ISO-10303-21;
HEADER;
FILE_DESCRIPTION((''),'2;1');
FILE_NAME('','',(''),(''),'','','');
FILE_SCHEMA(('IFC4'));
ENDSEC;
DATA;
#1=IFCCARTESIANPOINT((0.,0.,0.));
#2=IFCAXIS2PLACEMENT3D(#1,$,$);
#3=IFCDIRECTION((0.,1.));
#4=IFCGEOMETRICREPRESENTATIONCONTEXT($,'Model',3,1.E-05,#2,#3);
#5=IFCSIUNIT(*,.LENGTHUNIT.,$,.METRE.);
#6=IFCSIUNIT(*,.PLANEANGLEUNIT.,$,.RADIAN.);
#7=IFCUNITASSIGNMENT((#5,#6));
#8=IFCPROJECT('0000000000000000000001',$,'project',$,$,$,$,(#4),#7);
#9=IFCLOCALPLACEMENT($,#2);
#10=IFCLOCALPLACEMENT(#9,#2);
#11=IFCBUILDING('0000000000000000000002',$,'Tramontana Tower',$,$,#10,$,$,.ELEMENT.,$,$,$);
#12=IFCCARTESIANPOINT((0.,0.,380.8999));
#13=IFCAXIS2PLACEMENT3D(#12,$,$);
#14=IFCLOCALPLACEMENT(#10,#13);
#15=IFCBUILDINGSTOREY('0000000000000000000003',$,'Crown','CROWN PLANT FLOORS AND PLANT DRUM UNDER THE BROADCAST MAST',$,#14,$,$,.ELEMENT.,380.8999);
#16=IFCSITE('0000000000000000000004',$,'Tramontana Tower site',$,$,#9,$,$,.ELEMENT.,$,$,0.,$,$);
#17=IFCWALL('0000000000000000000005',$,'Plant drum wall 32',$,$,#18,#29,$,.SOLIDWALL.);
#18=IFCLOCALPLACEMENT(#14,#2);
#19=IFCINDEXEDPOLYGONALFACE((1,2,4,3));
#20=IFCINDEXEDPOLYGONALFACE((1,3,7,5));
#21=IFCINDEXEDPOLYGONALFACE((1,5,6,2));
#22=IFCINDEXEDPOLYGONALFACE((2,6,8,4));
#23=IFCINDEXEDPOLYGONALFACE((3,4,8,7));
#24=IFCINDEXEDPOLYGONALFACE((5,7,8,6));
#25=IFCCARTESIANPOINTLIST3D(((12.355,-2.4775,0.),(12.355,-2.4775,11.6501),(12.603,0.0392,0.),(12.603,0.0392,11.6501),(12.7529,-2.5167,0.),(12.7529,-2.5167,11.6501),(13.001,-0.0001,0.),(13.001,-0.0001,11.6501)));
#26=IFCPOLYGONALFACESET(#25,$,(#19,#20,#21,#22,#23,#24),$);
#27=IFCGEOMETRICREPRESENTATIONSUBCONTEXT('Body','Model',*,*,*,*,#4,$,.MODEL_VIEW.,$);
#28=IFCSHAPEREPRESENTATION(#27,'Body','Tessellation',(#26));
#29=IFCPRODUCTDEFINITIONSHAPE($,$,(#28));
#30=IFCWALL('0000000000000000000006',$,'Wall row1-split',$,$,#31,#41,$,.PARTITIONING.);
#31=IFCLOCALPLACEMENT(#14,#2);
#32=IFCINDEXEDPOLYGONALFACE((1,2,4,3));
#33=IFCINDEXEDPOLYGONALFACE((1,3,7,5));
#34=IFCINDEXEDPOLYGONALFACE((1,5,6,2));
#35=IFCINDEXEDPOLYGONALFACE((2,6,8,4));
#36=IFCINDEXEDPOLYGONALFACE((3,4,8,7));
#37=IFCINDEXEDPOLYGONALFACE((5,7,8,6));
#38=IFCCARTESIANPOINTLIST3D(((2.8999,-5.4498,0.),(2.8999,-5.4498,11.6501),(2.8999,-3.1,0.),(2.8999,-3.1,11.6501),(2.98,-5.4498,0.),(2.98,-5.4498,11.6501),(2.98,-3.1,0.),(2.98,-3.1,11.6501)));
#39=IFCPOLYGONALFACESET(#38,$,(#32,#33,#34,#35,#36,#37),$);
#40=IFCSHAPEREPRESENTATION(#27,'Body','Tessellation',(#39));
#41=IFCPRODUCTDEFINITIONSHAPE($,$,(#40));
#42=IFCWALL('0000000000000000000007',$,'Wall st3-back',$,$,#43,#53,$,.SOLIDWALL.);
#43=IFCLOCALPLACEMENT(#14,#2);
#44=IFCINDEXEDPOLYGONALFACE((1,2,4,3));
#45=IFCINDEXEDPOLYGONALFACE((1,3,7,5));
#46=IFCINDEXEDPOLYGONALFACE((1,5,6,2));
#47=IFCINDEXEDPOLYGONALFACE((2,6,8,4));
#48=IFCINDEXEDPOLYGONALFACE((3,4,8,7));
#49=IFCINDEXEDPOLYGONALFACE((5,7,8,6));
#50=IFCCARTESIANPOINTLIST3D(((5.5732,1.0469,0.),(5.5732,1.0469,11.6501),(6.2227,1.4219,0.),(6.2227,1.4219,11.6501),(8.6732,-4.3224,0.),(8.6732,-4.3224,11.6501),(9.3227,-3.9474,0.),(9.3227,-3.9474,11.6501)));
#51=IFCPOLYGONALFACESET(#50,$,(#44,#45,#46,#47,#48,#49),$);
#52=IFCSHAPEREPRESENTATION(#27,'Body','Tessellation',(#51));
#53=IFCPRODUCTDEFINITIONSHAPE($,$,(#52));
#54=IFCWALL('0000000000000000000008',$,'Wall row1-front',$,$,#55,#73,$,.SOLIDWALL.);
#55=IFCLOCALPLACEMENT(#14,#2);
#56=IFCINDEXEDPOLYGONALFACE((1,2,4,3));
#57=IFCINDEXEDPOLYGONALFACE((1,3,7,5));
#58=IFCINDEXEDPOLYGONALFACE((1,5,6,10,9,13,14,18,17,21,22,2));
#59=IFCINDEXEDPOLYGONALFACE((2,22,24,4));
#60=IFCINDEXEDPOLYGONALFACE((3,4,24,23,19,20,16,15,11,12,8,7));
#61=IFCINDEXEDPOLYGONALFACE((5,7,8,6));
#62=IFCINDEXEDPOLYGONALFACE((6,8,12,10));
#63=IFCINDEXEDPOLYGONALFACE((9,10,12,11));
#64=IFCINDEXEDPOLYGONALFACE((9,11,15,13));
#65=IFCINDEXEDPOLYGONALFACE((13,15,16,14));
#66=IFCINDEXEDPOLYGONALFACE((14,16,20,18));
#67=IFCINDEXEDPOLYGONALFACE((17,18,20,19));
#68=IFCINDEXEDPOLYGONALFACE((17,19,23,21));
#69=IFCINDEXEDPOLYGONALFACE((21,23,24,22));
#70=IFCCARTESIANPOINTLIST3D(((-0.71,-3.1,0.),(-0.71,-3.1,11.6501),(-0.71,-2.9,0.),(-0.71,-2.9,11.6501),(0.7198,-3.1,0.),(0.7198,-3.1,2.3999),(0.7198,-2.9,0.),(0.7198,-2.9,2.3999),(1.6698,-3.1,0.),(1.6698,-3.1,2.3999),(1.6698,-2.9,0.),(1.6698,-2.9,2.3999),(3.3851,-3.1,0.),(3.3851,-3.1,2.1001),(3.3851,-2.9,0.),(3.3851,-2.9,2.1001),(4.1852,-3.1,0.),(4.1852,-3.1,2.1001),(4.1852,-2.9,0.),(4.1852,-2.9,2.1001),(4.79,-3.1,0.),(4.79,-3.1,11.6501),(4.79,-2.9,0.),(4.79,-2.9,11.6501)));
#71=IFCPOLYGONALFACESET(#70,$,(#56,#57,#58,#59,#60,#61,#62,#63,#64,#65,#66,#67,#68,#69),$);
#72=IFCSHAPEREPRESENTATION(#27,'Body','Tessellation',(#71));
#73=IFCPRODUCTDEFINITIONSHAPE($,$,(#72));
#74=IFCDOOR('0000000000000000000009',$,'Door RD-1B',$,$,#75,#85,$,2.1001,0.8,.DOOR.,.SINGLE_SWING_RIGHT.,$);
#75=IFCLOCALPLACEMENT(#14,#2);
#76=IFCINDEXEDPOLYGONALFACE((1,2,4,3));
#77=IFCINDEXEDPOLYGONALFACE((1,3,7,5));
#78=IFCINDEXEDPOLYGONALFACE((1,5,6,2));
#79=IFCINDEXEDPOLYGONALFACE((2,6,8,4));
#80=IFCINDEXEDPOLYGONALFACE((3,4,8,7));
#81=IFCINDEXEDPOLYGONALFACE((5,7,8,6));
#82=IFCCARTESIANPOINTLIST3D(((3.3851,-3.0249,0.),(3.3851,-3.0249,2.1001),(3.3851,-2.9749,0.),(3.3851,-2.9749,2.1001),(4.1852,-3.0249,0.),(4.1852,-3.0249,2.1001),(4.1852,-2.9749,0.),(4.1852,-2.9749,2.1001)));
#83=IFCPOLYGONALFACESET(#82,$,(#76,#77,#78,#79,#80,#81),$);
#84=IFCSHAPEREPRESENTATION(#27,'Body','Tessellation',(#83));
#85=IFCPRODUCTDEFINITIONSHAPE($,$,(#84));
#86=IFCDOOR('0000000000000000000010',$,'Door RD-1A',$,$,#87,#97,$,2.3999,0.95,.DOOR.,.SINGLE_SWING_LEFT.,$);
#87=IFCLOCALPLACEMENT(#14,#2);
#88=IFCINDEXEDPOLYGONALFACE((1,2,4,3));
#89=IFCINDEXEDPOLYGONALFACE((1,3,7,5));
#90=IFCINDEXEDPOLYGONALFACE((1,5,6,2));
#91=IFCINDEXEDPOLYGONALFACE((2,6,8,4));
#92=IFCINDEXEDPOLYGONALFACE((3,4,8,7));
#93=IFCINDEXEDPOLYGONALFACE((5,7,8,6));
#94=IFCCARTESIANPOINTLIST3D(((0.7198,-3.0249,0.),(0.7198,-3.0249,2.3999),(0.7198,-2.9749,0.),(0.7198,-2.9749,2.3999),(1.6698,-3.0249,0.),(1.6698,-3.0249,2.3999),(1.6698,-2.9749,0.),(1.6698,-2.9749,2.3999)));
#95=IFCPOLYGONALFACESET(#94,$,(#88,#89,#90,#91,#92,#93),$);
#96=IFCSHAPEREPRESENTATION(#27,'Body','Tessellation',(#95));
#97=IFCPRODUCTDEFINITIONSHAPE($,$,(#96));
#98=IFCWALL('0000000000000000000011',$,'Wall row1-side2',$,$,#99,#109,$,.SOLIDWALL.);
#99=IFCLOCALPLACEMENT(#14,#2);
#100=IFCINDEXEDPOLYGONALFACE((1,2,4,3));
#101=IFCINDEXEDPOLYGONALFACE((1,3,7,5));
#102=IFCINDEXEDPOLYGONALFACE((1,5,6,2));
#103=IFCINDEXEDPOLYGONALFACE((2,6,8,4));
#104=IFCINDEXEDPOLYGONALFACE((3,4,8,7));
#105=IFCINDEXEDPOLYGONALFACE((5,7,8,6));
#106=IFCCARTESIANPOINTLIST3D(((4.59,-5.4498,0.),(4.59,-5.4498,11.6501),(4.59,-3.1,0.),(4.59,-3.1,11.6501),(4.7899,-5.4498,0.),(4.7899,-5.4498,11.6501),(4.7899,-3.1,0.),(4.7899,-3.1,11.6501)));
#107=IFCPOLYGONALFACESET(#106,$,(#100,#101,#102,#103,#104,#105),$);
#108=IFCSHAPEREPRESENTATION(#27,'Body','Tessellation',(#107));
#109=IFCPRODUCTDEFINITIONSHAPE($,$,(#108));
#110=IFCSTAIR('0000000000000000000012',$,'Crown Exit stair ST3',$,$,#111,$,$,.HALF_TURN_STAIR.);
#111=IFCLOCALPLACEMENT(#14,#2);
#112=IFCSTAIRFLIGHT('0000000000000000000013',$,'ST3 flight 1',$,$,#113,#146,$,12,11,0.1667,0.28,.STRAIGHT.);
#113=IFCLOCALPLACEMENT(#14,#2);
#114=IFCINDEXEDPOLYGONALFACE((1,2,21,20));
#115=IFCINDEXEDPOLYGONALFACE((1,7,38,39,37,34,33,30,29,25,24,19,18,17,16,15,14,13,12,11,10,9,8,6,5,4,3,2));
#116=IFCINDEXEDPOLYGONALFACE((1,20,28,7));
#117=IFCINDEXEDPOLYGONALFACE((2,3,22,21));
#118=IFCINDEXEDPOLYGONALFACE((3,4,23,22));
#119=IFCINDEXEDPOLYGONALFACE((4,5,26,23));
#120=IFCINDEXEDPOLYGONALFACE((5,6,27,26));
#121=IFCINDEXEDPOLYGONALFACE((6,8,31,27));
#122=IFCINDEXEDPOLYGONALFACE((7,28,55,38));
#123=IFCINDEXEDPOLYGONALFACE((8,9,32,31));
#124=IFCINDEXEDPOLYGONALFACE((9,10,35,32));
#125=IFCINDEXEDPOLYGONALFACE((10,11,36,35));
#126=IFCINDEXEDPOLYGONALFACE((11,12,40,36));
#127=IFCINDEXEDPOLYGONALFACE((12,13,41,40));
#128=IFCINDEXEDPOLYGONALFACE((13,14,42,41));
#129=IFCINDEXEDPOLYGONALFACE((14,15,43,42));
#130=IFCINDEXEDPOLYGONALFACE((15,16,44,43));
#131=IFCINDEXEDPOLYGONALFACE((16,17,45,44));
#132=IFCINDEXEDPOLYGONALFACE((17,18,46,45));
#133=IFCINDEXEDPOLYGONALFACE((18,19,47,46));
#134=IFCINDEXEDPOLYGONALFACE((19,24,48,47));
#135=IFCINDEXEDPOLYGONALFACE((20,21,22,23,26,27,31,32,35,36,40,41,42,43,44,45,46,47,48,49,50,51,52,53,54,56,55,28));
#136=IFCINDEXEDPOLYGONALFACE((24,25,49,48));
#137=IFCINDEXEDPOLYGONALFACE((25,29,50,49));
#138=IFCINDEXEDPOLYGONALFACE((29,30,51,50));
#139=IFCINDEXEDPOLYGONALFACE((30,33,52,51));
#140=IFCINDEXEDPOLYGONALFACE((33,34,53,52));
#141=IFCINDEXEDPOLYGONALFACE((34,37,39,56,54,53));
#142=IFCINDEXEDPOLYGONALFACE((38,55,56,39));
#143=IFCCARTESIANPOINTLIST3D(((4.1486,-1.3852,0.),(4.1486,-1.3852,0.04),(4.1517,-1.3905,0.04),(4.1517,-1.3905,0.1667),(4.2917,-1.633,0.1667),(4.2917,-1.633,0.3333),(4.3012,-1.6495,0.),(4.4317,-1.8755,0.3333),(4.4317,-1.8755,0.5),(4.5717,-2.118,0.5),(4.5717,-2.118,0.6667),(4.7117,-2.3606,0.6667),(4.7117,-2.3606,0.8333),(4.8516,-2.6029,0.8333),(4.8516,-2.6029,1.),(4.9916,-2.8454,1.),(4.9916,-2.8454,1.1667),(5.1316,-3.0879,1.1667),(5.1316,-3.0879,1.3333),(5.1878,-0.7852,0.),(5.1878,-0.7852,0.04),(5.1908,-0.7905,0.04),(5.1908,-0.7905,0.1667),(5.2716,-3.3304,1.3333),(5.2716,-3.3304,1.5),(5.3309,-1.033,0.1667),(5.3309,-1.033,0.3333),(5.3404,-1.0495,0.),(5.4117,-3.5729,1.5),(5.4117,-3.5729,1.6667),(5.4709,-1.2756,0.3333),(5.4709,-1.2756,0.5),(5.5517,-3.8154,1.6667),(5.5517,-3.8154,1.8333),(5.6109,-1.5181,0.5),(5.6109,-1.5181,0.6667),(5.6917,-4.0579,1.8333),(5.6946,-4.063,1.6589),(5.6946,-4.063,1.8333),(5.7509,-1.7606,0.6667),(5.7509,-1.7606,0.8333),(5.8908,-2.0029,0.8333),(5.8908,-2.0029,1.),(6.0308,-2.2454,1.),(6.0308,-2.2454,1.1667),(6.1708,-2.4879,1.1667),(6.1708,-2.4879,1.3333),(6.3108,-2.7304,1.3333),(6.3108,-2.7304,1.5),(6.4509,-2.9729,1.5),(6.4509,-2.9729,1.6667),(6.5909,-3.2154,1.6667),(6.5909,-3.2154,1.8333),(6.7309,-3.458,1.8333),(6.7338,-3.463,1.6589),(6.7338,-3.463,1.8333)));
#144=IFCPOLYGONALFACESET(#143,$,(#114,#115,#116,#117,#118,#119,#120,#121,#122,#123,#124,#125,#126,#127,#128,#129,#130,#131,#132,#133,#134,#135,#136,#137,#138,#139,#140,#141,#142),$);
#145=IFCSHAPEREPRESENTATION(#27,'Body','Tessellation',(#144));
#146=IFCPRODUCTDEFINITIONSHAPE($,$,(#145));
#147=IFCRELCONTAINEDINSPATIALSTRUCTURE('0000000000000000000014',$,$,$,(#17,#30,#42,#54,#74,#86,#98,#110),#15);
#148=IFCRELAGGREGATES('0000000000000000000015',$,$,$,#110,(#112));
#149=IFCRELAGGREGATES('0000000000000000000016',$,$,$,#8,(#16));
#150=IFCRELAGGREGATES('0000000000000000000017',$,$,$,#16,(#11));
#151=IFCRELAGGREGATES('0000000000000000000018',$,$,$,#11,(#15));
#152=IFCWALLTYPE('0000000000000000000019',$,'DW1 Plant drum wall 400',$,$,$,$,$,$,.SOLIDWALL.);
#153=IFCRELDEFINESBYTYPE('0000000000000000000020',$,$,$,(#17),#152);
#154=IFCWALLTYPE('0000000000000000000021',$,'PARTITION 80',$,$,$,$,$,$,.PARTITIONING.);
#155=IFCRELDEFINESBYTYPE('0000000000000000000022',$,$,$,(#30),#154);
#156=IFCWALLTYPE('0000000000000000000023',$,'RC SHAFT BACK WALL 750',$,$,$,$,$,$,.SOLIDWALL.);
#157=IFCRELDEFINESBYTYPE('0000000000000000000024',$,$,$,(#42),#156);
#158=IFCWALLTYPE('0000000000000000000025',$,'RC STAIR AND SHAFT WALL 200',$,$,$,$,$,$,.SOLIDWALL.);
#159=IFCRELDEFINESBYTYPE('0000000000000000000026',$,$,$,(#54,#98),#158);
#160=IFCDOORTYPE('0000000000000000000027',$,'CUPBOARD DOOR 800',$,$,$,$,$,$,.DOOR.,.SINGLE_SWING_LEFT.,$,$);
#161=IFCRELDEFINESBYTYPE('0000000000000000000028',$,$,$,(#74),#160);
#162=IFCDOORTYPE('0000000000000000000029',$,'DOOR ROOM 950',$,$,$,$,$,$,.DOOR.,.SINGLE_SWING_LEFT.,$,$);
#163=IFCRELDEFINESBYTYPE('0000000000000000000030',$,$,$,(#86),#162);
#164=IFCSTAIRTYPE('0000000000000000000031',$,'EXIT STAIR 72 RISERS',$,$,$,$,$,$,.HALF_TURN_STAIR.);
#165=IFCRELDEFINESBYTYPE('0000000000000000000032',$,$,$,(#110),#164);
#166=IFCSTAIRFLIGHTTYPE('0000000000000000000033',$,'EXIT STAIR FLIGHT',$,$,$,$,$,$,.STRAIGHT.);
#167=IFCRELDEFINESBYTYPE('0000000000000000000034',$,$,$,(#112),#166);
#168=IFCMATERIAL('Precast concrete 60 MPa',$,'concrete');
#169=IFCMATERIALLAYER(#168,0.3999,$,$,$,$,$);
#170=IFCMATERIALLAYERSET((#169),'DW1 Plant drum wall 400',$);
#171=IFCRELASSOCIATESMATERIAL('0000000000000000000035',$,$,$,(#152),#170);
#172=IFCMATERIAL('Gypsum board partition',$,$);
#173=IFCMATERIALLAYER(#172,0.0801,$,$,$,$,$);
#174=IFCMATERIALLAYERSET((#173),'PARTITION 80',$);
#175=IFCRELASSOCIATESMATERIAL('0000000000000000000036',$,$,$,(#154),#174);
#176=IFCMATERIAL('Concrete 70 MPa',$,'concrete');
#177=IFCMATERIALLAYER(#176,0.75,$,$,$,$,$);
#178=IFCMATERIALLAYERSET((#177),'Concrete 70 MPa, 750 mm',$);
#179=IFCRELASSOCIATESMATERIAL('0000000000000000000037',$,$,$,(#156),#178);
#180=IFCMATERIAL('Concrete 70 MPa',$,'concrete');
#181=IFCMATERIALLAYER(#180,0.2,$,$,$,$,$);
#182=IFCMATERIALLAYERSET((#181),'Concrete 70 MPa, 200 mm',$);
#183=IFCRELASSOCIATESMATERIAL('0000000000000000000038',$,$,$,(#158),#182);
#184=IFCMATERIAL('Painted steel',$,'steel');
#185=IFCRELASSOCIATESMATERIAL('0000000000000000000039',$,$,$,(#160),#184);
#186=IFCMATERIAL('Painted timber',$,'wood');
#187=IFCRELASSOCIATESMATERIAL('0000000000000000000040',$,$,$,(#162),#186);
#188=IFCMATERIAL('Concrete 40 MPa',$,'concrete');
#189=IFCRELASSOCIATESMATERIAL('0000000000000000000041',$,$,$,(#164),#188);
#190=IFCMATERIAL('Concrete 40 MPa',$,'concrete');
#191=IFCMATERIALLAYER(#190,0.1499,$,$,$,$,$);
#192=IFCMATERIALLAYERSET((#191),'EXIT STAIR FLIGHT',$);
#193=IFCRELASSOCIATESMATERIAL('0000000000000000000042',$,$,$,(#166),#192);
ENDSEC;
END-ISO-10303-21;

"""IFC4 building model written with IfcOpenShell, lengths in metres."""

from ifc_helpers import new_model, si_unit, direction, frame, frame_2d, origin, place, context, subcontext, project, spatial, polyline, rectangle, outline, extrude, material, layer, layer_set, type_object, element, fill, aggregate, save


model = new_model("IFC4")

# Units and contexts
model_context = context("Model", 3, precision=1e-05, world=origin(), true_north=direction((0.0, 1.0)))
body_context = subcontext(model_context, "Body", "Model", "MODEL_VIEW")
ifc_project = project(units=[si_unit("LENGTHUNIT", "METRE"), si_unit("PLANEANGLEUNIT", "RADIAN")], contexts=[model_context])

# Site, building, storey
site_placement = place(None, origin())
site = spatial("IfcSite", under=ifc_project, at=site_placement, Name="Tramontana Tower site", CompositionType="ELEMENT", RefElevation=0.0)
building_placement = place(site_placement, origin())
building = spatial("IfcBuilding", under=site, at=building_placement, Name="Tramontana Tower", CompositionType="ELEMENT")
storey_placement = place(building_placement, frame((0.0, 0.0, 380.8999)))
storey = spatial("IfcBuildingStorey", under=building, at=storey_placement, Name="Crown", Description="CROWN PLANT FLOORS AND PLANT DRUM UNDER THE BROADCAST MAST", CompositionType="ELEMENT", Elevation=380.8999)

# Walls
ifc_material_1 = material(Name="Precast concrete 60 MPa", Category="concrete")
ifc_layer_1 = layer(ifc_material_1, 0.3999)
ifc_layer_set_1 = layer_set([ifc_layer_1], Name="DW1 Plant drum wall 400")
wall_type_1 = type_object("IfcWallType", Name="DW1 Plant drum wall 400", PredefinedType="SOLIDWALL", material=ifc_layer_set_1)
wall_1_placement = place(storey_placement, frame((12.554, -2.4971, 0.0), z_axis=(0.0, 0.0, 1.0), x_axis=(0.098089, 0.995178, 0.0)))
element("IfcWall", 1, at=wall_1_placement, inside=storey, type_object=wall_type_1, Name="Plant drum wall 32", PredefinedType="SOLIDWALL", context=body_context, shape_type="SweptSolid", body=[
    extrude(rectangle(XDim=2.5288, YDim=0.3999, at=frame_2d((1.2644, 0.0))), origin(), (0.0, 0.0, 1.0), 11.6501),
])
ifc_material_2 = material(Name="Gypsum board partition")
ifc_layer_2 = layer(ifc_material_2, 0.0801)
ifc_layer_set_2 = layer_set([ifc_layer_2], Name="PARTITION 80")
wall_type_2 = type_object("IfcWallType", Name="PARTITION 80", PredefinedType="PARTITIONING", material=ifc_layer_set_2)
wall_2_placement = place(storey_placement, frame((2.9399, -3.1001, 0.0), z_axis=(0.0, 0.0, 1.0), x_axis=(0.0, -1.0, 0.0)))
element("IfcWall", 2, at=wall_2_placement, inside=storey, type_object=wall_type_2, Name="Wall row1-split", PredefinedType="PARTITIONING", context=body_context, shape_type="SweptSolid", body=[
    extrude(rectangle(XDim=2.3499, YDim=0.0801, at=frame_2d((1.1748, 0.0))), origin(), (0.0, 0.0, 1.0), 11.6501),
])
ifc_material_3 = material(Name="Concrete 70 MPa", Category="concrete")
ifc_layer_3 = layer(ifc_material_3, 0.75)
ifc_layer_set_3 = layer_set([ifc_layer_3], Name="Concrete 70 MPa, 750 mm")
wall_type_3 = type_object("IfcWallType", Name="RC SHAFT BACK WALL 750", PredefinedType="SOLIDWALL", material=ifc_layer_set_3)
wall_3_placement = place(storey_placement, frame((8.998, -4.135, 0.0), z_axis=(0.0, 0.0, 1.0), x_axis=(-0.50001, 0.86602, 0.0)))
element("IfcWall", 3, at=wall_3_placement, inside=storey, type_object=wall_type_3, Name="Wall st3-back", PredefinedType="SOLIDWALL", context=body_context, shape_type="SweptSolid", body=[
    extrude(rectangle(XDim=6.2, YDim=0.75, at=frame_2d((3.1001, 0.0))), origin(), (0.0, 0.0, 1.0), 11.6501),
])

# Wall, openings, doors
ifc_material_4 = material(Name="Concrete 70 MPa", Category="concrete")
ifc_layer_4 = layer(ifc_material_4, 0.2)
ifc_layer_set_4 = layer_set([ifc_layer_4], Name="Concrete 70 MPa, 200 mm")
wall_type_4 = type_object("IfcWallType", Name="RC STAIR AND SHAFT WALL 200", PredefinedType="SOLIDWALL", material=ifc_layer_set_4)
wall_4_placement = place(storey_placement, frame((4.79, -3.0, 0.0), z_axis=(0.0, 0.0, 1.0), x_axis=(-1.0, 0.0, 0.0)))
wall_4 = element("IfcWall", 4, at=wall_4_placement, inside=storey, type_object=wall_type_4, Name="Wall row1-front", PredefinedType="SOLIDWALL", context=body_context, shape_type="SweptSolid", body=[
    extrude(rectangle(XDim=5.5, YDim=0.2, at=frame_2d((2.75, 0.0))), origin(), (0.0, 0.0, 1.0), 11.6501),
])
opening_1_placement = place(wall_4_placement, frame((3.1201, 0.0, 0.0)))
opening_1 = element("IfcOpeningElement", 5, at=opening_1_placement, cuts=wall_4, PredefinedType="OPENING", context=body_context, shape_type="SweptSolid", body=[
    extrude(rectangle(XDim=0.95, YDim=2.3999, at=frame_2d((0.4751, 1.2))), frame((0.0, 0.1099, 0.0), z_axis=(0.0, -1.0, 0.0), x_axis=(1.0, 0.0, 0.0)), (0.0, 0.0, 1.0), 0.22),
])
opening_2_placement = place(wall_4_placement, frame((0.605, 0.0, 0.0)))
opening_2 = element("IfcOpeningElement", 6, at=opening_2_placement, cuts=wall_4, PredefinedType="OPENING", context=body_context, shape_type="SweptSolid", body=[
    extrude(rectangle(XDim=0.8, YDim=2.1001, at=frame_2d((0.3999, 1.05))), frame((0.0, 0.1099, 0.0), z_axis=(0.0, -1.0, 0.0), x_axis=(1.0, 0.0, 0.0)), (0.0, 0.0, 1.0), 0.22),
])
ifc_material_5 = material(Name="Painted steel", Category="steel")
door_type_1 = type_object("IfcDoorType", Name="CUPBOARD DOOR 800", OperationType="SINGLE_SWING_LEFT", PredefinedType="DOOR", material=ifc_material_5)
door_1_placement = place(opening_2_placement, origin())
door_1 = element("IfcDoor", 7, at=door_1_placement, inside=storey, type_object=door_type_1, Name="Door RD-1B", OperationType="SINGLE_SWING_RIGHT", OverallHeight=2.1001, OverallWidth=0.8, PredefinedType="DOOR", context=body_context, shape_type="SweptSolid", body=[
    extrude(rectangle(XDim=0.8, YDim=2.1001, at=frame_2d((0.3999, 1.05))), frame((0.0, 0.0249, 0.0), z_axis=(0.0, -1.0, 0.0), x_axis=(1.0, 0.0, 0.0)), (0.0, 0.0, 1.0), 0.05),
])
fill(opening_2, door_1)
ifc_material_6 = material(Name="Painted timber", Category="wood")
door_type_2 = type_object("IfcDoorType", Name="DOOR ROOM 950", OperationType="SINGLE_SWING_LEFT", PredefinedType="DOOR", material=ifc_material_6)
door_2_placement = place(opening_1_placement, origin())
door_2 = element("IfcDoor", 8, at=door_2_placement, inside=storey, type_object=door_type_2, Name="Door RD-1A", OperationType="SINGLE_SWING_LEFT", OverallHeight=2.3999, OverallWidth=0.95, PredefinedType="DOOR", context=body_context, shape_type="SweptSolid", body=[
    extrude(rectangle(XDim=0.95, YDim=2.3999, at=frame_2d((0.4751, 1.2))), frame((0.0, 0.0249, 0.0), z_axis=(0.0, -1.0, 0.0), x_axis=(1.0, 0.0, 0.0)), (0.0, 0.0, 1.0), 0.05),
])
fill(opening_1, door_2)

# Wall
wall_5_placement = place(storey_placement, frame((4.6899, -3.1001, 0.0), z_axis=(0.0, 0.0, 1.0), x_axis=(0.0, -1.0, 0.0)))
element("IfcWall", 9, at=wall_5_placement, inside=storey, type_object=wall_type_4, Name="Wall row1-side2", PredefinedType="SOLIDWALL", context=body_context, shape_type="SweptSolid", body=[
    extrude(rectangle(XDim=2.3499, YDim=0.2, at=frame_2d((1.1748, 0.0))), origin(), (0.0, 0.0, 1.0), 11.6501),
])

# Stair, stair flight
ifc_material_7 = material(Name="Concrete 40 MPa", Category="concrete")
stair_type = type_object("IfcStairType", Name="EXIT STAIR 72 RISERS", PredefinedType="HALF_TURN_STAIR", material=ifc_material_7)
stair_placement = place(storey_placement, origin())
stair = element("IfcStair", 10, at=stair_placement, inside=storey, type_object=stair_type, Name="Crown Exit stair ST3", PredefinedType="HALF_TURN_STAIR")
ifc_material_8 = material(Name="Concrete 40 MPa", Category="concrete")
ifc_layer_5 = layer(ifc_material_8, 0.1499)
ifc_layer_set_5 = layer_set([ifc_layer_5], Name="EXIT STAIR FLIGHT")
stair_flight_type = type_object("IfcStairFlightType", Name="EXIT STAIR FLIGHT", PredefinedType="STRAIGHT", material=ifc_layer_set_5)
stair_flight_1_placement = place(storey_placement, frame((4.6711, -1.0906, 0.0), z_axis=(0.0, 0.0, 1.0), x_axis=(0.5, -0.866025, 0.0)))
stair_flight_1 = element("IfcStairFlight", 11, at=stair_flight_1_placement, type_object=stair_flight_type, Name="ST3 flight 1", NumberOfRisers=12, NumberOfTreads=11, PredefinedType="STRAIGHT", RiserHeight=0.1667, TreadLength=0.28, context=body_context, shape_type="SweptSolid", body=[
    extrude(outline(polyline([(-0.0061, 0.0), (-0.0061, 0.04), (0.0, 0.04), (0.0, 0.1667), (0.28, 0.1667), (0.28, 0.3333), (0.5601, 0.3333), (0.5601, 0.5), (0.8401, 0.5), (0.8401, 0.6667), (1.1201, 0.6667), (1.1201, 0.8333), (1.3999, 0.8333), (1.3999, 1.0), (1.6799, 1.0), (1.6799, 1.1667), (1.96, 1.1667), (1.96, 1.3333), (2.24, 1.3333), (2.24, 1.5), (2.52, 1.5), (2.52, 1.6667), (2.8, 1.6667), (2.8, 1.8333), (3.0801, 1.8333), (3.0859, 1.8333), (3.0859, 1.6589), (0.2991, 0.0), (-0.0061, 0.0)])), frame((0.0, 0.6001, 0.0), z_axis=(0.0, -1.0, 0.0), x_axis=(1.0, 0.0, 0.0)), (0.0, 0.0, 1.0), 1.2),
])
aggregate(stair, [stair_flight_1])

save(model, "model.ifc")
